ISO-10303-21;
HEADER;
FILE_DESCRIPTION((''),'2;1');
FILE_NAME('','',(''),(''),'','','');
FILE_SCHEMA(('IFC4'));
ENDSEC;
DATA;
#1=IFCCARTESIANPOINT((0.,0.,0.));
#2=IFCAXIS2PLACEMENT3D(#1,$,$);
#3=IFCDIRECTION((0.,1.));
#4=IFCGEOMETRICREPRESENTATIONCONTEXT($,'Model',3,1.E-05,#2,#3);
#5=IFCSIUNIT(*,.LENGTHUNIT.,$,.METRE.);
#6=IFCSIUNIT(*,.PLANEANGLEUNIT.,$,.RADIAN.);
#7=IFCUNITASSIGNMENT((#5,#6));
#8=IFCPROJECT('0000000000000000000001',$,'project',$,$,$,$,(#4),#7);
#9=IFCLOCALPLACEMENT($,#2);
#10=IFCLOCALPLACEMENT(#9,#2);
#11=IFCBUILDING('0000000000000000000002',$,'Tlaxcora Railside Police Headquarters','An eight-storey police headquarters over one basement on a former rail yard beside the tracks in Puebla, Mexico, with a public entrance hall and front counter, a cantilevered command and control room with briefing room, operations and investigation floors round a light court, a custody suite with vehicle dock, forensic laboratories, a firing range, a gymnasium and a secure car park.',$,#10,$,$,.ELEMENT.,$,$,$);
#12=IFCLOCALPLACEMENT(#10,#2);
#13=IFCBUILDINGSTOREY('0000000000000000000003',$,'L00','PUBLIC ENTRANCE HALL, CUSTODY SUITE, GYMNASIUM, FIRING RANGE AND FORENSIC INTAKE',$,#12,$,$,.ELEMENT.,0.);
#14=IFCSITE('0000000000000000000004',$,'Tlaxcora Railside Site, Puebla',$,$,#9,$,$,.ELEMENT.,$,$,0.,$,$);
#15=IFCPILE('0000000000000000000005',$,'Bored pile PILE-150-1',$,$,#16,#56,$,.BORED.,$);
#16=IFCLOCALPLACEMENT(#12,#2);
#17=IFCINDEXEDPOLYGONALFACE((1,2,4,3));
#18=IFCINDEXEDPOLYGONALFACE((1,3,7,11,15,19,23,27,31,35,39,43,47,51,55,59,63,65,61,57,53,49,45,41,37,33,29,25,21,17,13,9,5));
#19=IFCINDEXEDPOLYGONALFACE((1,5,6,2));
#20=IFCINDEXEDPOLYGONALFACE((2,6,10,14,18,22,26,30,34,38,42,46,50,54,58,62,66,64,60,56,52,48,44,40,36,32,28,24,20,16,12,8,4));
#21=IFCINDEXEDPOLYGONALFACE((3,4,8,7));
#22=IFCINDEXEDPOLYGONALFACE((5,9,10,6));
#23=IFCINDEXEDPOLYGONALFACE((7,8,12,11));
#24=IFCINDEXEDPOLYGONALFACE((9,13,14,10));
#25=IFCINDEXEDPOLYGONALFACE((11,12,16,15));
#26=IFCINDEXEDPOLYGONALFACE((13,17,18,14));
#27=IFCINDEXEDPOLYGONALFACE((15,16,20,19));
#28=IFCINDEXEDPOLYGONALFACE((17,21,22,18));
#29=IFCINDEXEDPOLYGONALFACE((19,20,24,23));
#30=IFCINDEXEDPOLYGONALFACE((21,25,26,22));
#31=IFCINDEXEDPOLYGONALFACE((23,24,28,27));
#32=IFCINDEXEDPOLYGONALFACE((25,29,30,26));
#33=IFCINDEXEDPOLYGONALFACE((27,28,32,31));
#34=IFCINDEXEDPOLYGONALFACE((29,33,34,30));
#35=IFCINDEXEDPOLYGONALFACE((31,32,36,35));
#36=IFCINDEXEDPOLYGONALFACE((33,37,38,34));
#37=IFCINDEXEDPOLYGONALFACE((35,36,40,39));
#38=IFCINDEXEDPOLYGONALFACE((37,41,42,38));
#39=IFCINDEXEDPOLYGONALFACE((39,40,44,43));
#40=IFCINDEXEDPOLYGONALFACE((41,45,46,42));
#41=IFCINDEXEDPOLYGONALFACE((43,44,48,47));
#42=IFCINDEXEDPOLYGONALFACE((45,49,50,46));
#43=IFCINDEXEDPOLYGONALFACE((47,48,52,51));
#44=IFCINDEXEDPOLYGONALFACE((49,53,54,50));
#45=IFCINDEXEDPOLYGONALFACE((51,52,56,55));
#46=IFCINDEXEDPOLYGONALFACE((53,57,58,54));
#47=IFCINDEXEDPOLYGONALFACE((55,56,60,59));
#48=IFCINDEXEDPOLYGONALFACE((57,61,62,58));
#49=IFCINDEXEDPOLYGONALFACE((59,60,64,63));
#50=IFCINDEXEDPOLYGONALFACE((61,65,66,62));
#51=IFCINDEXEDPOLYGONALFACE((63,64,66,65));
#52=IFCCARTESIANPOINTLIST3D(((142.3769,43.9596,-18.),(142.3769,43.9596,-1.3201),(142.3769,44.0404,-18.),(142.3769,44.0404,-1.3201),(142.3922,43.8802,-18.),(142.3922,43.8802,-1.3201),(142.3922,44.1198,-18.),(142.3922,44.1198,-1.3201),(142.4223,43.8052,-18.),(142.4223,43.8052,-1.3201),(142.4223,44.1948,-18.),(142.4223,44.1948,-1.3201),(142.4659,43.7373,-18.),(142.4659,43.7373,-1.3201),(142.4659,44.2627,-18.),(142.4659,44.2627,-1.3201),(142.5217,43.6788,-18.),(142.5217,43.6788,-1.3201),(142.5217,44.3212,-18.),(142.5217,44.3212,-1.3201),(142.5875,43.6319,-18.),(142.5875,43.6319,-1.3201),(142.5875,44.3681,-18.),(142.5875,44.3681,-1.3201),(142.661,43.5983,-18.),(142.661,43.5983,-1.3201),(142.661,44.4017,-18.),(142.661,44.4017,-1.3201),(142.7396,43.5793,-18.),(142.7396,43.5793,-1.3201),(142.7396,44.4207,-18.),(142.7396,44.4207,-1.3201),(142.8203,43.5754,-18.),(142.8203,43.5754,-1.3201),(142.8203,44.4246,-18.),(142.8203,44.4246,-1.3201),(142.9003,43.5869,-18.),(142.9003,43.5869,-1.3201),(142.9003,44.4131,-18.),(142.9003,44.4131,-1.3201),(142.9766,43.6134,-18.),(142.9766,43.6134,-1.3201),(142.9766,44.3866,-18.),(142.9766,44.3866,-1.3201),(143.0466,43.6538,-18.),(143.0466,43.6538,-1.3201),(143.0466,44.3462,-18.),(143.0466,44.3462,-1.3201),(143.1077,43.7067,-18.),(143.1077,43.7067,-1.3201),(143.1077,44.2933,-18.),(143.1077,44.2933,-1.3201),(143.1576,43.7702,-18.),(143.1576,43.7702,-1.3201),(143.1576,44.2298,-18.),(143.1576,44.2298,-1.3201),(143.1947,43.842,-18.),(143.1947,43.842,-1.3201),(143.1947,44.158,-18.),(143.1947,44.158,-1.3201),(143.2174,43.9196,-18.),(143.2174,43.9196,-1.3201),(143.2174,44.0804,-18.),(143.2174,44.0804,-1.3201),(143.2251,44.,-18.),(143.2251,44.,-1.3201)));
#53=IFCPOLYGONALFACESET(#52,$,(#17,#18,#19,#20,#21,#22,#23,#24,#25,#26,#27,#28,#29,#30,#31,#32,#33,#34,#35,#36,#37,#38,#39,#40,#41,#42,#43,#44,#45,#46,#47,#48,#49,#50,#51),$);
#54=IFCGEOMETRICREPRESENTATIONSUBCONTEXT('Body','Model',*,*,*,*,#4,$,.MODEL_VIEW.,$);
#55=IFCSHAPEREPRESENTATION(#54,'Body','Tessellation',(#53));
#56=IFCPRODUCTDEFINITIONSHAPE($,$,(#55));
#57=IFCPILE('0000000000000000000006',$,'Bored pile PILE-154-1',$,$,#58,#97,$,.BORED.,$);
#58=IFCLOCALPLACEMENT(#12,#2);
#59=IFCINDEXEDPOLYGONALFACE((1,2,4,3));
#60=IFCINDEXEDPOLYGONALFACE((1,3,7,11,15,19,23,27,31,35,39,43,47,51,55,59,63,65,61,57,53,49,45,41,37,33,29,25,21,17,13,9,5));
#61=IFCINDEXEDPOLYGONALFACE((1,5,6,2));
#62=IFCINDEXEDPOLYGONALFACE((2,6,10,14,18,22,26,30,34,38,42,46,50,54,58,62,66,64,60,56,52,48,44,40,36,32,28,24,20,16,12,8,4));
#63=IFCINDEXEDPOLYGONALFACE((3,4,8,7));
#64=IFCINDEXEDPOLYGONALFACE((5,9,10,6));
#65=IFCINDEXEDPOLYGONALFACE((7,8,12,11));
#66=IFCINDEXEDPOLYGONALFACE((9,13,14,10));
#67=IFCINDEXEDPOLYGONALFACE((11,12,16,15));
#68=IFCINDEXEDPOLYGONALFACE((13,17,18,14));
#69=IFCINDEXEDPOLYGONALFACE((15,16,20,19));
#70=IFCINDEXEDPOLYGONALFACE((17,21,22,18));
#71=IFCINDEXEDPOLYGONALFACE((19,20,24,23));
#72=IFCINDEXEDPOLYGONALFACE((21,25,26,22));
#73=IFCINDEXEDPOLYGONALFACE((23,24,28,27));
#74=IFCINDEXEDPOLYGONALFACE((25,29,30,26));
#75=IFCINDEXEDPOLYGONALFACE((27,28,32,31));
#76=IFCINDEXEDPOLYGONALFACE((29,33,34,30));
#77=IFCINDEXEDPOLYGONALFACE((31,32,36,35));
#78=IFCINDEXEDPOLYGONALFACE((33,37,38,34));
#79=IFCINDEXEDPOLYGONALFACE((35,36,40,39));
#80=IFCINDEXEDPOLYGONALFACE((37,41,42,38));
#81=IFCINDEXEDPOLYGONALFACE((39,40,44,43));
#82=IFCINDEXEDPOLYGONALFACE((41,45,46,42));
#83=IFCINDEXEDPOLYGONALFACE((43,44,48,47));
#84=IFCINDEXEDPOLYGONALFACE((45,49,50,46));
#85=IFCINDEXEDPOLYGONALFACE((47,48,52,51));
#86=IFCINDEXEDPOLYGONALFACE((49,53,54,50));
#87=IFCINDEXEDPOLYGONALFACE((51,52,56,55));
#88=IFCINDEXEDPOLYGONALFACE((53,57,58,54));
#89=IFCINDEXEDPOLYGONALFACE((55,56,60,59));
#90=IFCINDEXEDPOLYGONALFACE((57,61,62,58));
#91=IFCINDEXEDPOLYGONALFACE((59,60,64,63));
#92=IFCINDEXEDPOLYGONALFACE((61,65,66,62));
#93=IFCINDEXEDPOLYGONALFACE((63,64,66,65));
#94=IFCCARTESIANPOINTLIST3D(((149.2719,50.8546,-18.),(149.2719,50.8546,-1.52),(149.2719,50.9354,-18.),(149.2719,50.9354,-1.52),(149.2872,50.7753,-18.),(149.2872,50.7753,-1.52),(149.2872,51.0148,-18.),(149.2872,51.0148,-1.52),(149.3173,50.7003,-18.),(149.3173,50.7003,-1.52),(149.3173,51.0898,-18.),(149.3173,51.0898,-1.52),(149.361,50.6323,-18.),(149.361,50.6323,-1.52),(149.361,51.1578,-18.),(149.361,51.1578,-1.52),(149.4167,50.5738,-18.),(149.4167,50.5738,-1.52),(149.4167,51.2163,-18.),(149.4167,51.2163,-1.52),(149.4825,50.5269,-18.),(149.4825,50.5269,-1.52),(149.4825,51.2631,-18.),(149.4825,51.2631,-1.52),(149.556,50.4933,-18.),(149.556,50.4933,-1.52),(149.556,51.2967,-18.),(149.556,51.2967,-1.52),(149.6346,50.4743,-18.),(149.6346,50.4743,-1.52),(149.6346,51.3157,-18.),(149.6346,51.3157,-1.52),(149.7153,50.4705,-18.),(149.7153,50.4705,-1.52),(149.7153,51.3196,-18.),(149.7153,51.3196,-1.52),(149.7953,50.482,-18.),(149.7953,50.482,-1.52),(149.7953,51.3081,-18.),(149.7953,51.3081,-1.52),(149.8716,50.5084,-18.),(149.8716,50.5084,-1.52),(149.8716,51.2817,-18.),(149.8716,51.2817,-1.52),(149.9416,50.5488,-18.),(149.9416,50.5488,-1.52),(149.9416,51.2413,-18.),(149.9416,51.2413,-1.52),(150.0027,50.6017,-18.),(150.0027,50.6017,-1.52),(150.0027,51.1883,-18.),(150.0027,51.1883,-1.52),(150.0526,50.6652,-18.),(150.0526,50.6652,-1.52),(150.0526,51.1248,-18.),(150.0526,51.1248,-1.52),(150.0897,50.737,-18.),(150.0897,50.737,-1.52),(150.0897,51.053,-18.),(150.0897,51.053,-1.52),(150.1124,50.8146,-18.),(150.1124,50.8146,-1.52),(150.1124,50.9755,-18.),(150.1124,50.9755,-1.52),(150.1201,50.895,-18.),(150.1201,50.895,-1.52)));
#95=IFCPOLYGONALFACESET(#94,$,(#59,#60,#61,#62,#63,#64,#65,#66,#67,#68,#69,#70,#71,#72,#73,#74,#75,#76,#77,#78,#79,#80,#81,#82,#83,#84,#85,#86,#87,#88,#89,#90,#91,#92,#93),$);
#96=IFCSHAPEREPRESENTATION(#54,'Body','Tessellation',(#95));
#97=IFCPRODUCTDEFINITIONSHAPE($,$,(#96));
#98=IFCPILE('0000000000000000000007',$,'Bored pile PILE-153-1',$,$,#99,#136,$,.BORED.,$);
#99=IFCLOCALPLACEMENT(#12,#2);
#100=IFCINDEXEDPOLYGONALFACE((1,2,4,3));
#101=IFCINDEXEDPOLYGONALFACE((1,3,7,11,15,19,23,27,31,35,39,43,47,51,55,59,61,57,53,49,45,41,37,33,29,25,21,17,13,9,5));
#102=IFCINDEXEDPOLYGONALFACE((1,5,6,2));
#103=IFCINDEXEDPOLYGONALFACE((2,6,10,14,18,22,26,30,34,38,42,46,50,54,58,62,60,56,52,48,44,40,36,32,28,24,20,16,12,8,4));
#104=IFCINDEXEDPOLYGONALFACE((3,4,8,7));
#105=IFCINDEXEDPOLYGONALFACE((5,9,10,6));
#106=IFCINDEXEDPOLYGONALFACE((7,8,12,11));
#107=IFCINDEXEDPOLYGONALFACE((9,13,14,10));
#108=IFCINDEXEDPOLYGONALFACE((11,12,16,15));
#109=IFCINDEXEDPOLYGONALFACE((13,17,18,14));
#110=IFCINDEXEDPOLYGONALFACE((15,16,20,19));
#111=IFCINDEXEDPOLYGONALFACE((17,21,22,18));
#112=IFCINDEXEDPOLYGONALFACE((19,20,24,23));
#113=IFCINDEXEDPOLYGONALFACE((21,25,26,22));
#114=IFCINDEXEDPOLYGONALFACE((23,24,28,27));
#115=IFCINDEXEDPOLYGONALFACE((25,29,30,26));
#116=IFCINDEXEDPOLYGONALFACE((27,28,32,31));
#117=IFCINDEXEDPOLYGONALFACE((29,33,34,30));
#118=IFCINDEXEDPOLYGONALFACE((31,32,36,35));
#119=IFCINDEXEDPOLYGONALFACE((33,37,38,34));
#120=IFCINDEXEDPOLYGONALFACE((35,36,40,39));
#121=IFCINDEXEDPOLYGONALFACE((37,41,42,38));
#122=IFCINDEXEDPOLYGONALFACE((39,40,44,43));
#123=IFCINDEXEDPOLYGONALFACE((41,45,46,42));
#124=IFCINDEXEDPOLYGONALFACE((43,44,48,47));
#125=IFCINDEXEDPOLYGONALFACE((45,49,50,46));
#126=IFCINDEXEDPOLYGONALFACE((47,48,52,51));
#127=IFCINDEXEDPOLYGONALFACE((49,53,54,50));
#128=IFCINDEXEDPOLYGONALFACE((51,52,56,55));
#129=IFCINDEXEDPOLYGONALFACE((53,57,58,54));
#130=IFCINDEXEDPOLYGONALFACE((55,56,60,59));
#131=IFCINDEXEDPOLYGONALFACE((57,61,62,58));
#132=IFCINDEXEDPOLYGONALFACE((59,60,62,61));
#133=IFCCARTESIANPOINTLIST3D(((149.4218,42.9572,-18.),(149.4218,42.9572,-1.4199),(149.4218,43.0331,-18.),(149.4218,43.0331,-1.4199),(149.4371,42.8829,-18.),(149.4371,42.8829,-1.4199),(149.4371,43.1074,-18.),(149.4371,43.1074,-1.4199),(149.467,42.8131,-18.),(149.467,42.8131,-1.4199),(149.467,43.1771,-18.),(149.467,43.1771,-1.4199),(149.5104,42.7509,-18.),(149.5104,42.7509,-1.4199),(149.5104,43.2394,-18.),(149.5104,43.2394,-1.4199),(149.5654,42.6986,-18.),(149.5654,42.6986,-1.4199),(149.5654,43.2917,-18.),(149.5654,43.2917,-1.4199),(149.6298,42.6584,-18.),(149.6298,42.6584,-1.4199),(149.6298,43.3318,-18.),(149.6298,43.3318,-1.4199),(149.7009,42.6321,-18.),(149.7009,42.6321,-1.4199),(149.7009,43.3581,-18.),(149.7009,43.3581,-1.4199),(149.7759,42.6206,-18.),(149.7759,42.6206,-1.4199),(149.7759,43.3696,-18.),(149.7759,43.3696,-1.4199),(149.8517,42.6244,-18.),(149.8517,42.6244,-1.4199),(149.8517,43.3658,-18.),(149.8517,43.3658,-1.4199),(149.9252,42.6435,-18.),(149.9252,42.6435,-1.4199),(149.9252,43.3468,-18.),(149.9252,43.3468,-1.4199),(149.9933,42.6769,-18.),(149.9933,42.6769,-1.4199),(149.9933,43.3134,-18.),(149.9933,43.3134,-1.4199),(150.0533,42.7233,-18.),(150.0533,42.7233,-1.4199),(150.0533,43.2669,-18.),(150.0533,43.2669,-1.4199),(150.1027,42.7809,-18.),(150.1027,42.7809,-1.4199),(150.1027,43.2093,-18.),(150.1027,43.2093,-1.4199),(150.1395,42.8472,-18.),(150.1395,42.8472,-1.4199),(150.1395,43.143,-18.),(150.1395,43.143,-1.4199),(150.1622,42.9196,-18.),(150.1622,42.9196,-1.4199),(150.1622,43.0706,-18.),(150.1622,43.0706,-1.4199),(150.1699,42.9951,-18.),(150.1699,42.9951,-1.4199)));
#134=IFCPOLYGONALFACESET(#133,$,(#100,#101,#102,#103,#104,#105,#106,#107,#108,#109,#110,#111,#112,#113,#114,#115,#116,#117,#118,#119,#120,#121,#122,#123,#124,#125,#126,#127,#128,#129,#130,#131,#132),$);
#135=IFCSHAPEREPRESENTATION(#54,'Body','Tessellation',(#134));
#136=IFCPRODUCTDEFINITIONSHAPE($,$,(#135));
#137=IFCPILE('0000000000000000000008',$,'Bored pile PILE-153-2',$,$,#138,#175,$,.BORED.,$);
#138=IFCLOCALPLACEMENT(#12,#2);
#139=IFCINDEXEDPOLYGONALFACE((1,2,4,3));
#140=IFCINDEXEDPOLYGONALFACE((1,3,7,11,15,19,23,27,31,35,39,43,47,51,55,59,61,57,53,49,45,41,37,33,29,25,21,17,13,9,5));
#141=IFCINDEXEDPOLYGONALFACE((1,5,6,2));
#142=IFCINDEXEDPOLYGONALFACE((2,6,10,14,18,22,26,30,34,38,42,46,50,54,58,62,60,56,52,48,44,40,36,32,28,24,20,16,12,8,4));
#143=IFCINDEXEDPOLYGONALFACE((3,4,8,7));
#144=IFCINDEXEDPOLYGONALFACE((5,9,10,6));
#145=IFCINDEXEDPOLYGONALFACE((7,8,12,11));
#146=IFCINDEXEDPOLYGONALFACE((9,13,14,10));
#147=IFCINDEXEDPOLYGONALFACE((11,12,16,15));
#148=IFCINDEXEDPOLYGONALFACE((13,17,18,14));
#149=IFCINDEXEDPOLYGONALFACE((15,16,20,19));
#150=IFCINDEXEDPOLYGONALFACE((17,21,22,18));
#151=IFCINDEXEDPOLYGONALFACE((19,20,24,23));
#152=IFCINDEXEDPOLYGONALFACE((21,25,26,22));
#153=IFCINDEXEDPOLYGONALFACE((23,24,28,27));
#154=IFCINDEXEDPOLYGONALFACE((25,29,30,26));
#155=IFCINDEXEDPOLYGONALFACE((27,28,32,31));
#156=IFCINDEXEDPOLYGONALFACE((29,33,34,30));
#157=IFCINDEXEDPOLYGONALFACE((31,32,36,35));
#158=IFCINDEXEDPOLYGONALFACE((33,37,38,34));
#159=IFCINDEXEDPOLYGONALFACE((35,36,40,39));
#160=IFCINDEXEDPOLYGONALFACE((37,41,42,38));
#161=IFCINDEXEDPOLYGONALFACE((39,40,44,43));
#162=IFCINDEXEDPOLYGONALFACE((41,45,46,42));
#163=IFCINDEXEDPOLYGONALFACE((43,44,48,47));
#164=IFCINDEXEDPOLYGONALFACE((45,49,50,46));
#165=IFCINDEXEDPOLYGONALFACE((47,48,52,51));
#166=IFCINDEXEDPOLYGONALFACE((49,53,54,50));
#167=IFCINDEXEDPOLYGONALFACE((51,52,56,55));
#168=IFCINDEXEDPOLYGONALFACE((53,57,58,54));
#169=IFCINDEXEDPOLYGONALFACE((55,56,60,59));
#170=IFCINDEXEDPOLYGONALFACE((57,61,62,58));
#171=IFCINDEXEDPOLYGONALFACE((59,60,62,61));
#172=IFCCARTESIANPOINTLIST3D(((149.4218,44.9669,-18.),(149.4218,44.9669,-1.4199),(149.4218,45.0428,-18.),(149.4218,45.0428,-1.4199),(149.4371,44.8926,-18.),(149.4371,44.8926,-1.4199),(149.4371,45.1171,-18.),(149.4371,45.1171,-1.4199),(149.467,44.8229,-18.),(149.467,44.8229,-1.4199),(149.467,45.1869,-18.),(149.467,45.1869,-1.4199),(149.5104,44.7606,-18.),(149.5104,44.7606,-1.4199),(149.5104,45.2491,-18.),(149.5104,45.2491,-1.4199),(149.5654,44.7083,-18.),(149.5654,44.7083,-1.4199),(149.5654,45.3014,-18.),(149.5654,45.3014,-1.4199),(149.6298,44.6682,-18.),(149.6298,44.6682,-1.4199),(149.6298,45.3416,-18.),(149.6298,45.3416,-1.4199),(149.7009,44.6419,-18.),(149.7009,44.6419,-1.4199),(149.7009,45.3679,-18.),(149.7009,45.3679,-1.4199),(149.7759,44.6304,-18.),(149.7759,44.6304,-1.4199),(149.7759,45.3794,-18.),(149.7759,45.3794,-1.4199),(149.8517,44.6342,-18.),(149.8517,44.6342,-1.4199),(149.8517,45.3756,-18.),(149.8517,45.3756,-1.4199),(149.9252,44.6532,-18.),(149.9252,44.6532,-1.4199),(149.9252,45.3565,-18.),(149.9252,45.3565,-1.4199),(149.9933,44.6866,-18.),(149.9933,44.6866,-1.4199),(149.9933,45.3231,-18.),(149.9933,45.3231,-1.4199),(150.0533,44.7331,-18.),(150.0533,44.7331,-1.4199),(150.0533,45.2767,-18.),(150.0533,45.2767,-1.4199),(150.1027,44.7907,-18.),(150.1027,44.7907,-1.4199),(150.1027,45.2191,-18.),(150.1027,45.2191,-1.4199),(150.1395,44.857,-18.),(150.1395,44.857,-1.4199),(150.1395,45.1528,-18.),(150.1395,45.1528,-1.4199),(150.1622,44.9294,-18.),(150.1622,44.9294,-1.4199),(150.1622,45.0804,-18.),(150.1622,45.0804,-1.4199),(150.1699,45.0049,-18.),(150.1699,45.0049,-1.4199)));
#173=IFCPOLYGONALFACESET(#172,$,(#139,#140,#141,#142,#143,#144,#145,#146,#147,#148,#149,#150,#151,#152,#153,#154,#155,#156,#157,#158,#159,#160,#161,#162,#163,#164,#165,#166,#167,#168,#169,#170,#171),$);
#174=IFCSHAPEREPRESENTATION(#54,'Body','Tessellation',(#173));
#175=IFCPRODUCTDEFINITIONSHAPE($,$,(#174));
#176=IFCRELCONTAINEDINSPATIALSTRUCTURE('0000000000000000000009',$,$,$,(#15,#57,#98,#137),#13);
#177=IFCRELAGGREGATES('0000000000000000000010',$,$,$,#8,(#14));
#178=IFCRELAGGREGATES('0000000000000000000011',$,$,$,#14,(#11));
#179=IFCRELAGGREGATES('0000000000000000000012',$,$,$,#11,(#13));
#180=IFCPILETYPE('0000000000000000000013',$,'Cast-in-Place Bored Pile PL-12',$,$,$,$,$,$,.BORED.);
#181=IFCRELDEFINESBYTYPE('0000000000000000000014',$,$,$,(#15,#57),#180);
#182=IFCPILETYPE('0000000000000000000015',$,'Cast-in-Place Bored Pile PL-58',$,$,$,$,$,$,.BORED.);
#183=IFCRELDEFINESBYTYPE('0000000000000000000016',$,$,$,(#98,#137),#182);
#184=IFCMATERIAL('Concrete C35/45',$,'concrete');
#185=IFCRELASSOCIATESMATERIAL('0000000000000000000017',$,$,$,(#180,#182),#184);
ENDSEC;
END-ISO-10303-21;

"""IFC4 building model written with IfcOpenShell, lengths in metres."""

from ifc_helpers import new_model, si_unit, direction, frame, origin, origin_2d, place, context, subcontext, project, spatial, circle, extrude, material, material_profile, profile_set, type_object, element, save


model = new_model("IFC4")

# Units and contexts
model_context = context("Model", 3, precision=1e-05, world=origin(), true_north=direction((0.0, 1.0)))
body_context = subcontext(model_context, "Body", "Model", "MODEL_VIEW")
ifc_project = project(units=[si_unit("LENGTHUNIT", "METRE"), si_unit("PLANEANGLEUNIT", "RADIAN")], contexts=[model_context])

# Site, building, storey
site_placement = place(None, origin())
site = spatial("IfcSite", under=ifc_project, at=site_placement, Name="Tlaxcora Railside Site, Puebla", CompositionType="ELEMENT", RefElevation=0.0)
building_placement = place(site_placement, origin())
building = spatial("IfcBuilding", under=site, at=building_placement, Name="Tlaxcora Railside Police Headquarters", Description="An eight-storey police headquarters over one basement on a former rail yard beside the tracks in Puebla, Mexico, with a public entrance hall and front counter, a cantilevered command and control room with briefing room, operations and investigation floors round a light court, a custody suite with vehicle dock, forensic laboratories, a firing range, a gymnasium and a secure car park.", CompositionType="ELEMENT")
storey_placement = place(building_placement, origin())
storey = spatial("IfcBuildingStorey", under=building, at=storey_placement, Name="L00", Description="PUBLIC ENTRANCE HALL, CUSTODY SUITE, GYMNASIUM, FIRING RANGE AND FORENSIC INTAKE", CompositionType="ELEMENT", Elevation=0.0)

# Piles
ifc_material_1 = material(Name="Concrete C35/45", Category="concrete")
ifc_material_profile_1 = material_profile(ifc_material_1, circle(Radius=0.425, at=origin_2d()), Name="PILE850")
ifc_profile_set_1 = profile_set([ifc_material_profile_1], Name="Concrete C35/45")
pile_type_1 = type_object("IfcPileType", Name="Cast-in-Place Bored Pile PL-12", PredefinedType="BORED", material=ifc_profile_set_1)
pile_1_placement = place(storey_placement, frame((142.8, 44.0, -1.3201), z_axis=(0.0, 0.0, -1.0), x_axis=(1.0, 0.0, 0.0)))
element("IfcPile", 1, at=pile_1_placement, inside=storey, type_object=pile_type_1, Name="Bored pile PILE-150-1", PredefinedType="BORED", context=body_context, shape_type="SweptSolid", body=[
    extrude(circle(Radius=0.425, at=origin_2d()), origin(), (0.0, 0.0, 1.0), 16.6799),
])
pile_2_placement = place(storey_placement, frame((149.6951, 50.895, -1.52), z_axis=(0.0, 0.0, -1.0), x_axis=(1.0, 0.0, 0.0)))
element("IfcPile", 2, at=pile_2_placement, inside=storey, type_object=pile_type_1, Name="Bored pile PILE-154-1", PredefinedType="BORED", context=body_context, shape_type="SweptSolid", body=[
    extrude(circle(Radius=0.425, at=origin_2d()), origin(), (0.0, 0.0, 1.0), 16.48),
])
ifc_material_profile_2 = material_profile(ifc_material_1, circle(Radius=0.375, at=origin_2d()), Name="PILE750")
ifc_profile_set_2 = profile_set([ifc_material_profile_2], Name="Concrete C35/45")
pile_type_2 = type_object("IfcPileType", Name="Cast-in-Place Bored Pile PL-58", PredefinedType="BORED", material=ifc_profile_set_2)
for number, where, z_axis, x_axis, name in (
    (3, (149.7949, 42.9951, -1.4199), (0.0, 0.0, -1.0), (1.0, 0.0, 0.0), "Bored pile PILE-153-1"),
    (4, (149.7949, 45.0049, -1.4199), (0.0, 0.0, -1.0), (1.0, 0.0, 0.0), "Bored pile PILE-153-2"),
):
    element("IfcPile", number, at=place(storey_placement, frame(where, z_axis=z_axis, x_axis=x_axis)), inside=storey, type_object=pile_type_2, Name=name, PredefinedType="BORED", context=body_context, shape_type="SweptSolid", body=[
        extrude(circle(Radius=0.375, at=origin_2d()), origin(), (0.0, 0.0, 1.0), 16.5801),
    ])

save(model, "model.ifc")
